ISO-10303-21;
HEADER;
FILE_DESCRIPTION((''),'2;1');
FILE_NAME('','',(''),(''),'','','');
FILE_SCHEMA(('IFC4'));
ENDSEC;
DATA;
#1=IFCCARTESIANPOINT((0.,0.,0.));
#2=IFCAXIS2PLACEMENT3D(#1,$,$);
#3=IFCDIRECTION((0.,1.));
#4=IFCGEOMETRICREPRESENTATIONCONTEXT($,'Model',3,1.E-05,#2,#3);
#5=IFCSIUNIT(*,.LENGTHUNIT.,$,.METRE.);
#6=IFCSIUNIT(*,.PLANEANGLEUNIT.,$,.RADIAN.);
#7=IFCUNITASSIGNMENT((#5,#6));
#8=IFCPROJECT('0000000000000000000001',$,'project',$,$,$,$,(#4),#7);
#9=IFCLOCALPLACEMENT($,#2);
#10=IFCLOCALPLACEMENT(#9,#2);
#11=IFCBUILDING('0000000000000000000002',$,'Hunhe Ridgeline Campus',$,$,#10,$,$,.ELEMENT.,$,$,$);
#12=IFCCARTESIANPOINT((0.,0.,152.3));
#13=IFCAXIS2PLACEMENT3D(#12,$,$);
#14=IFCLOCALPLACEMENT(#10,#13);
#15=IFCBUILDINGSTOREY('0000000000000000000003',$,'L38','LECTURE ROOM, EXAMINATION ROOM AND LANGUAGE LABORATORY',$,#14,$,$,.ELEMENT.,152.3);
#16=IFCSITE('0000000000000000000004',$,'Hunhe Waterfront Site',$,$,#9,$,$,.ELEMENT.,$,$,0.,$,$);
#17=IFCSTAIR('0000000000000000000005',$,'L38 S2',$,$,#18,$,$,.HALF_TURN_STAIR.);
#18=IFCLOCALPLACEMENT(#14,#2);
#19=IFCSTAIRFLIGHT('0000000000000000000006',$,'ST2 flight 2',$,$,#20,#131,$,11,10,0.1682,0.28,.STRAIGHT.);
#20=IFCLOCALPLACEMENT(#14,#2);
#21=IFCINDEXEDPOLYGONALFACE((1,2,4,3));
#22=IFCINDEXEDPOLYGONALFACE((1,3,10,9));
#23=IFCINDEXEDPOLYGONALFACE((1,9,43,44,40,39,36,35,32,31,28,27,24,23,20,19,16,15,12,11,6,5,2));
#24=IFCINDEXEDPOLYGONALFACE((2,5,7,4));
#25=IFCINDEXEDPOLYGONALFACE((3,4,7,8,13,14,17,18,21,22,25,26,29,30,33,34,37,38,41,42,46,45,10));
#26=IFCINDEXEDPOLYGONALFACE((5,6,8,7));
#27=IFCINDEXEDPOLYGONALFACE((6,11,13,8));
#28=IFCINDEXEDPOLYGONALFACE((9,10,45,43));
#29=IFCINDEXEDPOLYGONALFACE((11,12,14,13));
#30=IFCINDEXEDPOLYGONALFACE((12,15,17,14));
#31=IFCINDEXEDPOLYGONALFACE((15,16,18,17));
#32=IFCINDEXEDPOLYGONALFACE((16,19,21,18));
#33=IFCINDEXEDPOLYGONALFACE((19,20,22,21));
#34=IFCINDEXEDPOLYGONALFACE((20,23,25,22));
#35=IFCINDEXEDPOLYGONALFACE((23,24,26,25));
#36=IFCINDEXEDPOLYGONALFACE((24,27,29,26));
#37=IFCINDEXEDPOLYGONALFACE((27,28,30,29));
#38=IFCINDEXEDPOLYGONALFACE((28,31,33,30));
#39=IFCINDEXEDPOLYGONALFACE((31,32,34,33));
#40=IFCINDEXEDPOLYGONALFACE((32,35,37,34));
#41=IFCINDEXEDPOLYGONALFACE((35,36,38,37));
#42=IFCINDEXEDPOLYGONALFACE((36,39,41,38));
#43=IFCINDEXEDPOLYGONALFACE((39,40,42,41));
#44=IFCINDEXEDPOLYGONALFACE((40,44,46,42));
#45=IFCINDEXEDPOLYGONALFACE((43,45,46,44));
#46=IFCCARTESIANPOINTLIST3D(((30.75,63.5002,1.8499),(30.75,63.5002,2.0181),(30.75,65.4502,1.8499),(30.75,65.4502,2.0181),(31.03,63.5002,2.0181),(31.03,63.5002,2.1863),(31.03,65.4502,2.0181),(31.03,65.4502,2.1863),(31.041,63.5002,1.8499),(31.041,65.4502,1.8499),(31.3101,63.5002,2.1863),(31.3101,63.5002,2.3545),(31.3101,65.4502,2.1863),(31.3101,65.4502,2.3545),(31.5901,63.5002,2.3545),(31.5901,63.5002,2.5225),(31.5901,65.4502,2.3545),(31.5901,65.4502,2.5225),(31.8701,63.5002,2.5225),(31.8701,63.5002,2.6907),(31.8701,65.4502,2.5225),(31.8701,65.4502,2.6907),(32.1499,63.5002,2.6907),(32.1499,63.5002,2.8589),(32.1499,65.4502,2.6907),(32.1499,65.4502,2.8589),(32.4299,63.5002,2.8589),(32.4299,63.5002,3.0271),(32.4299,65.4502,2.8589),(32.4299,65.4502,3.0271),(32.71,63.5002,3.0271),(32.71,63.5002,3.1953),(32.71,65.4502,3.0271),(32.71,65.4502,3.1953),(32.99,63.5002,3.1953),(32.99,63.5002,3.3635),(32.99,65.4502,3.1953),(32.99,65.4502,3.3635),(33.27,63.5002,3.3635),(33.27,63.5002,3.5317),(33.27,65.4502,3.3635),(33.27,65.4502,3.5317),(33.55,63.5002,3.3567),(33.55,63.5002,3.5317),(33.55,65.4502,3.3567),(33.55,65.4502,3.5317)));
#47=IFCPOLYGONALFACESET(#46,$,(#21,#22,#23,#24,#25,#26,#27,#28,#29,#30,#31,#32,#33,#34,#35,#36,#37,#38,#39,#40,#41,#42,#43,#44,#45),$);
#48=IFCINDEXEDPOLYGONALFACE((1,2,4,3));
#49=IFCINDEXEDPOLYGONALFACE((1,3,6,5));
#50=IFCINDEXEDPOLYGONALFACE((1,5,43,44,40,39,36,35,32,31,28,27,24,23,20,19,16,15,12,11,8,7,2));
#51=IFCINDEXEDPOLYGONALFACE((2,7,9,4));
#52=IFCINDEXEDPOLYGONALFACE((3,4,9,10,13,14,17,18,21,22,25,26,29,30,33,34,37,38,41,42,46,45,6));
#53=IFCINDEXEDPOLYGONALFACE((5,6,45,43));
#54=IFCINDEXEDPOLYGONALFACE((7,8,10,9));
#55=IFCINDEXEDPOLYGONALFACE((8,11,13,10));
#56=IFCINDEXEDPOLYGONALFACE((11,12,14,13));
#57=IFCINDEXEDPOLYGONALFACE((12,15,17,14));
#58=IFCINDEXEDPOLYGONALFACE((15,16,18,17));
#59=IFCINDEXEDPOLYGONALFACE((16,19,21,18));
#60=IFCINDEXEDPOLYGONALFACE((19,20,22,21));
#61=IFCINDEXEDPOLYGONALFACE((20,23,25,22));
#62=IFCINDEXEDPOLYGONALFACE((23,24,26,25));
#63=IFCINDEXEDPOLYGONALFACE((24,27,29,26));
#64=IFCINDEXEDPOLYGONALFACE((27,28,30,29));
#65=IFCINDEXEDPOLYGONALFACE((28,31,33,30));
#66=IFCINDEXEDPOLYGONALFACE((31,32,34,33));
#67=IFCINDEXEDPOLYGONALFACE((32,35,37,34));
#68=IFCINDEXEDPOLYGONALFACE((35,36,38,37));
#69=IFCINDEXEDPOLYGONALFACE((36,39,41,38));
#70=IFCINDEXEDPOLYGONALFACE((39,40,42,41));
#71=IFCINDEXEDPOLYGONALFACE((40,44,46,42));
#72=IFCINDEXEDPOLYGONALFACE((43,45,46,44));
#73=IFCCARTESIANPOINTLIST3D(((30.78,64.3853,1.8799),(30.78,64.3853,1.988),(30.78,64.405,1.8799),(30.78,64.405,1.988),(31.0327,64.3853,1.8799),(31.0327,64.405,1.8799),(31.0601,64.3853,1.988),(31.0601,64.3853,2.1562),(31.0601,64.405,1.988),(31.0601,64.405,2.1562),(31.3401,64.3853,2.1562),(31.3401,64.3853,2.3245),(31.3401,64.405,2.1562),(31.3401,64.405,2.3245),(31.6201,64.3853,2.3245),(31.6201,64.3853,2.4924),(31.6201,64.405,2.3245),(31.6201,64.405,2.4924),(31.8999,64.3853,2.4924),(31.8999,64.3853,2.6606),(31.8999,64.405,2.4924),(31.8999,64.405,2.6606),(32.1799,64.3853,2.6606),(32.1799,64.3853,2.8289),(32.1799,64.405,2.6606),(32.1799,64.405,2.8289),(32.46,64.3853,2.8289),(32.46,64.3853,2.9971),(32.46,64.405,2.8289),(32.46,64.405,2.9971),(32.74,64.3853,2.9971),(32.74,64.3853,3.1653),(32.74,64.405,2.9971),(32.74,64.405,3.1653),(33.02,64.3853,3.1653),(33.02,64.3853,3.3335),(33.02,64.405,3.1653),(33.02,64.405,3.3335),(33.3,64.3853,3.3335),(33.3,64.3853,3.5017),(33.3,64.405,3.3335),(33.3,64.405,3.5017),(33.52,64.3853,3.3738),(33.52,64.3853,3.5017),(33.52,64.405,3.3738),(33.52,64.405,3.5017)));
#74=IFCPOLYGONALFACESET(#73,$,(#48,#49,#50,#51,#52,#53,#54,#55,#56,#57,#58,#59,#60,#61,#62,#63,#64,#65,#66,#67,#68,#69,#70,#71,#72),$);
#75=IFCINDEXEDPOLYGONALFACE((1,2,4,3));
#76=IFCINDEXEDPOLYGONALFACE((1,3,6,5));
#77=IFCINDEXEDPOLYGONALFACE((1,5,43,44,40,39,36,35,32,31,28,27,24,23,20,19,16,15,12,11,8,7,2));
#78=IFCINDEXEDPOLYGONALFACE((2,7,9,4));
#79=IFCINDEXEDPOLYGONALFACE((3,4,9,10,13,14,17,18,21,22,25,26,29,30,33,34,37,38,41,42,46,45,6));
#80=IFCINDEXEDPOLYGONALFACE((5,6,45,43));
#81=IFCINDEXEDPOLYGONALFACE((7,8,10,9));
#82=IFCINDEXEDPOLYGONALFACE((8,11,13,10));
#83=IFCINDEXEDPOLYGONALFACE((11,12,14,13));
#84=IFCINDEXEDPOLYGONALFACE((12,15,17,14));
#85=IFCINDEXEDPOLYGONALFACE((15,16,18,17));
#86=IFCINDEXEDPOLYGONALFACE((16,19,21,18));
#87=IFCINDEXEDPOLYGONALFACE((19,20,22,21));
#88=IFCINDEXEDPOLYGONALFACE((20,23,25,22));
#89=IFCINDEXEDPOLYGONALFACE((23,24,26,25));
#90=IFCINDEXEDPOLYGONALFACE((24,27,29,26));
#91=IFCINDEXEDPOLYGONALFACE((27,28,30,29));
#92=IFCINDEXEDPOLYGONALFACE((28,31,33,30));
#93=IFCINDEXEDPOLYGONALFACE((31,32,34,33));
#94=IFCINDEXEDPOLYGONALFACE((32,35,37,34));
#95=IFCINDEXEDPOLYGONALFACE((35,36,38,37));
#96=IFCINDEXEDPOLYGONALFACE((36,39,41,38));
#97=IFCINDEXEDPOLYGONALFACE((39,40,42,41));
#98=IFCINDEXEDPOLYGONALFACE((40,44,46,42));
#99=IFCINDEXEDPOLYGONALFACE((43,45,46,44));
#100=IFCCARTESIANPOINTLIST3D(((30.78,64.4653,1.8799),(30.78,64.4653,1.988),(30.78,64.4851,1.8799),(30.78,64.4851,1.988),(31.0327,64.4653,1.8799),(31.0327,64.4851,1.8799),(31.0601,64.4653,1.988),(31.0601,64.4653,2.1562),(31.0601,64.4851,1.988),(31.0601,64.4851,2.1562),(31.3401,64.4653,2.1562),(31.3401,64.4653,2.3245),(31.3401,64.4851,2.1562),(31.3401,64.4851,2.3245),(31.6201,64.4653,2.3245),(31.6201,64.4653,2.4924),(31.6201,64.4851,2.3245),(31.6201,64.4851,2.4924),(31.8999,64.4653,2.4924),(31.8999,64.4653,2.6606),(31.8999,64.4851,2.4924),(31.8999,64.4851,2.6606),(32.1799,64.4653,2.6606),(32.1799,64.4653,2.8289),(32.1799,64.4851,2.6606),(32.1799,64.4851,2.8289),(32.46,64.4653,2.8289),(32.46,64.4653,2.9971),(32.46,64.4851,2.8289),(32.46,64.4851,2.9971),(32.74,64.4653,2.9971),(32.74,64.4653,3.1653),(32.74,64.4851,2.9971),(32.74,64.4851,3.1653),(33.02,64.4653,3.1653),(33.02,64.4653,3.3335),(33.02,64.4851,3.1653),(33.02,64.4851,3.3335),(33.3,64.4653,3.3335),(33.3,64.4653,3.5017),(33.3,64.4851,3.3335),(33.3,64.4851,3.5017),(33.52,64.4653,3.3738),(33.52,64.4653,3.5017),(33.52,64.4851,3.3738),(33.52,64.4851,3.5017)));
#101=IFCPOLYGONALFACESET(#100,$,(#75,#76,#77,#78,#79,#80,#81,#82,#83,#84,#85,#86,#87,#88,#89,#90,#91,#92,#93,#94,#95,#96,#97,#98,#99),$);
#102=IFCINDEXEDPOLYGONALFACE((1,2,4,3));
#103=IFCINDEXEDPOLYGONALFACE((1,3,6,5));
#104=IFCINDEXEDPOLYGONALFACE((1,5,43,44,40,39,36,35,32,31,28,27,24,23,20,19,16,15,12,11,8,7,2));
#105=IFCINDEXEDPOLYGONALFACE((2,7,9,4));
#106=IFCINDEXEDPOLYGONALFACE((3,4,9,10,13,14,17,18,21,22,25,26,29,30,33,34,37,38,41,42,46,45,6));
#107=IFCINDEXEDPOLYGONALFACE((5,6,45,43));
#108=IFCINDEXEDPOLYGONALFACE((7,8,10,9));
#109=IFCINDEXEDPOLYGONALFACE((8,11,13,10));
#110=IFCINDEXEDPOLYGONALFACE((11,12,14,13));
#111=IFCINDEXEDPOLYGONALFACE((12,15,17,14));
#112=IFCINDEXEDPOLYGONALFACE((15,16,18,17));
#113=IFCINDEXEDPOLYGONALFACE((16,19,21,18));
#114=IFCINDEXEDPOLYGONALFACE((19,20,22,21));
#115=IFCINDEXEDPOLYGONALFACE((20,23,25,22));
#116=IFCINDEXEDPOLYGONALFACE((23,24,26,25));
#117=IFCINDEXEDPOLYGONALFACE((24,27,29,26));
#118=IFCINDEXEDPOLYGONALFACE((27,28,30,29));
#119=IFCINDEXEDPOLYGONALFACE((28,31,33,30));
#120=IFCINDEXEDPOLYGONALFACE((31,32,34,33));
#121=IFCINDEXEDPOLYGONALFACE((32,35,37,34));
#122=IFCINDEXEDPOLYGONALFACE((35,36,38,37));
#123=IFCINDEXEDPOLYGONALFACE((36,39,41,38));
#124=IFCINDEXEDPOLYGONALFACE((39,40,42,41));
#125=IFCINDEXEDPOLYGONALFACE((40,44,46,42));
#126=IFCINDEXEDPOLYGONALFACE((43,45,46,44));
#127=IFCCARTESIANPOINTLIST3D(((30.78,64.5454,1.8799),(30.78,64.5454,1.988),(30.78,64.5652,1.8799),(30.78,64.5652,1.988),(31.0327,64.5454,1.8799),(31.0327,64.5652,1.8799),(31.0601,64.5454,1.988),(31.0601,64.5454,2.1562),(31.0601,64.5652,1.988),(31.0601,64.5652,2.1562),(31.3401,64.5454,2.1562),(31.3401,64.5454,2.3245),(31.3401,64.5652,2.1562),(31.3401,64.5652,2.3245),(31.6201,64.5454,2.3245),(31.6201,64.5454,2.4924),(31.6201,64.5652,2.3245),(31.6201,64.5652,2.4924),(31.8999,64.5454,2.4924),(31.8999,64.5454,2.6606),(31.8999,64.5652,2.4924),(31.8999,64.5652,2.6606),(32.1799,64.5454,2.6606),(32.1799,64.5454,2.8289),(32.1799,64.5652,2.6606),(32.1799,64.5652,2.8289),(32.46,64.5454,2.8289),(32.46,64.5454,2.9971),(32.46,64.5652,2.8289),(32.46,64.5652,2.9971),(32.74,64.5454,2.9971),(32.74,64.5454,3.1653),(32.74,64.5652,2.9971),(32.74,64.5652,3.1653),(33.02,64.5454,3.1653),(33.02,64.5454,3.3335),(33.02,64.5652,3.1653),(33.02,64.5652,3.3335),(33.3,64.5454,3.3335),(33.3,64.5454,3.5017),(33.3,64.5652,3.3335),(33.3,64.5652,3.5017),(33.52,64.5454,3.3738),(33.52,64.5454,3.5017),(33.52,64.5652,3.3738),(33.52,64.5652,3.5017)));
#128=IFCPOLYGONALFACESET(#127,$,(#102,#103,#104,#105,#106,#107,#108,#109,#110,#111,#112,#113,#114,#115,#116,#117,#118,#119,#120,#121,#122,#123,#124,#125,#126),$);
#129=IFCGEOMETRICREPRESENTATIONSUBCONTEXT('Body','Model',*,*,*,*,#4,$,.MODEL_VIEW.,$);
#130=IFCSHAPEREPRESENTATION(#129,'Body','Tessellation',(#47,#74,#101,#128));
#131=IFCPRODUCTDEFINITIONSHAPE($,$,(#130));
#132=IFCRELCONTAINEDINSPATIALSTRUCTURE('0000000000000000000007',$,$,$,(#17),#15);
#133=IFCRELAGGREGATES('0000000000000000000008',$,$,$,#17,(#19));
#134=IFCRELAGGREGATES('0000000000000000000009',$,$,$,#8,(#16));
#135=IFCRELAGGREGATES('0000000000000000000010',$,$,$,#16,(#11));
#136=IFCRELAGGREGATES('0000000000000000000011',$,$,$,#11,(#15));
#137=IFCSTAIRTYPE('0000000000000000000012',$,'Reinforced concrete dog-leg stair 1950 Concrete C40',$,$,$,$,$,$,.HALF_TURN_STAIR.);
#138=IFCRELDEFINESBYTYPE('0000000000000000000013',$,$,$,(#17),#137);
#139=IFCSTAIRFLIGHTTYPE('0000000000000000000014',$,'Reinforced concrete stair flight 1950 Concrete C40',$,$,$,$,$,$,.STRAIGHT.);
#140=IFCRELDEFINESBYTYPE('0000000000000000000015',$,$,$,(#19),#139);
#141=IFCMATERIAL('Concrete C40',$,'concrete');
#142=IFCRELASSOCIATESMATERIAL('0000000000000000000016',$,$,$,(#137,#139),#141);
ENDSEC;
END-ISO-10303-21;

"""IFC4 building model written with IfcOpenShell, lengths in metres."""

from ifc_helpers import new_model, si_unit, direction, frame, origin, place, context, subcontext, project, spatial, polyline, outline, extrude, material, type_object, element, aggregate, save


model = new_model("IFC4")

# Units and contexts
model_context = context("Model", 3, precision=1e-05, world=origin(), true_north=direction((0.0, 1.0)))
body_context = subcontext(model_context, "Body", "Model", "MODEL_VIEW")
ifc_project = project(units=[si_unit("LENGTHUNIT", "METRE"), si_unit("PLANEANGLEUNIT", "RADIAN")], contexts=[model_context])

# Site, building, storey
site_placement = place(None, origin())
site = spatial("IfcSite", under=ifc_project, at=site_placement, Name="Hunhe Waterfront Site", CompositionType="ELEMENT", RefElevation=0.0)
building_placement = place(site_placement, origin())
building = spatial("IfcBuilding", under=site, at=building_placement, Name="Hunhe Ridgeline Campus", CompositionType="ELEMENT")
storey_placement = place(building_placement, frame((0.0, 0.0, 152.3)))
storey = spatial("IfcBuildingStorey", under=building, at=storey_placement, Name="L38", Description="LECTURE ROOM, EXAMINATION ROOM AND LANGUAGE LABORATORY", CompositionType="ELEMENT", Elevation=152.3)

# Stair, stair flight
ifc_material_1 = material(Name="Concrete C40", Category="concrete")
stair_type = type_object("IfcStairType", Name="Reinforced concrete dog-leg stair 1950 Concrete C40", PredefinedType="HALF_TURN_STAIR", material=ifc_material_1)
stair_placement = place(storey_placement, origin())
stair = element("IfcStair", 1, at=stair_placement, inside=storey, type_object=stair_type, Name="L38 S2", PredefinedType="HALF_TURN_STAIR")
stair_flight_type = type_object("IfcStairFlightType", Name="Reinforced concrete stair flight 1950 Concrete C40", PredefinedType="STRAIGHT", material=ifc_material_1)
stair_flight_1_placement = place(storey_placement, frame((30.75, 64.4751, 1.8499), z_axis=(0.0, 0.0, 1.0), x_axis=(1.0, 0.0, 0.0)))
stair_flight_1 = element("IfcStairFlight", 2, at=stair_flight_1_placement, type_object=stair_flight_type, Name="ST2 flight 2", NumberOfRisers=11, NumberOfTreads=10, PredefinedType="STRAIGHT", RiserHeight=0.1682, TreadLength=0.28, context=body_context, shape_type="SweptSolid", body=[
    extrude(outline(polyline([(0.0, 0.0), (0.0, 0.1682), (0.28, 0.1682), (0.28, 0.3364), (0.5601, 0.3364), (0.5601, 0.5046), (0.8401, 0.5046), (0.8401, 0.6726), (1.1201, 0.6726), (1.1201, 0.8408), (1.3999, 0.8408), (1.3999, 1.009), (1.6799, 1.009), (1.6799, 1.1772), (1.96, 1.1772), (1.96, 1.3455), (2.24, 1.3455), (2.24, 1.5137), (2.52, 1.5137), (2.52, 1.6819), (2.8, 1.6819), (2.8, 1.8501), (2.8, 1.5068), (0.291, 0.0), (0.0, 0.0)])), frame((0.0, 0.9751, 0.0), z_axis=(0.0, -1.0, 0.0), x_axis=(1.0, 0.0, 0.0)), (0.0, 0.0, 1.0), 1.95),
    extrude(outline(polyline([(0.03, 0.03), (0.03, 0.1382), (0.3101, 0.1382), (0.3101, 0.3064), (0.5901, 0.3064), (0.5901, 0.4746), (0.8701, 0.4746), (0.8701, 0.6426), (1.1499, 0.6426), (1.1499, 0.8108), (1.4299, 0.8108), (1.4299, 0.979), (1.71, 0.979), (1.71, 1.1472), (1.99, 1.1472), (1.99, 1.3154), (2.27, 1.3154), (2.27, 1.4836), (2.55, 1.4836), (2.55, 1.6519), (2.77, 1.6519), (2.77, 1.5239), (0.2827, 0.03), (0.03, 0.03)])), frame((0.0, -0.0701, 0.0), z_axis=(0.0, -1.0, 0.0), x_axis=(1.0, 0.0, 0.0)), (0.0, 0.0, 1.0), 0.0198),
    extrude(outline(polyline([(0.03, 0.03), (0.03, 0.1382), (0.3101, 0.1382), (0.3101, 0.3064), (0.5901, 0.3064), (0.5901, 0.4746), (0.8701, 0.4746), (0.8701, 0.6426), (1.1499, 0.6426), (1.1499, 0.8108), (1.4299, 0.8108), (1.4299, 0.979), (1.71, 0.979), (1.71, 1.1472), (1.99, 1.1472), (1.99, 1.3154), (2.27, 1.3154), (2.27, 1.4836), (2.55, 1.4836), (2.55, 1.6519), (2.77, 1.6519), (2.77, 1.5239), (0.2827, 0.03), (0.03, 0.03)])), frame((0.0, 0.01, 0.0), z_axis=(0.0, -1.0, 0.0), x_axis=(1.0, 0.0, 0.0)), (0.0, 0.0, 1.0), 0.0198),
    extrude(outline(polyline([(0.03, 0.03), (0.03, 0.1382), (0.3101, 0.1382), (0.3101, 0.3064), (0.5901, 0.3064), (0.5901, 0.4746), (0.8701, 0.4746), (0.8701, 0.6426), (1.1499, 0.6426), (1.1499, 0.8108), (1.4299, 0.8108), (1.4299, 0.979), (1.71, 0.979), (1.71, 1.1472), (1.99, 1.1472), (1.99, 1.3154), (2.27, 1.3154), (2.27, 1.4836), (2.55, 1.4836), (2.55, 1.6519), (2.77, 1.6519), (2.77, 1.5239), (0.2827, 0.03), (0.03, 0.03)])), frame((0.0, 0.0901, 0.0), z_axis=(0.0, -1.0, 0.0), x_axis=(1.0, 0.0, 0.0)), (0.0, 0.0, 1.0), 0.0198),
])
aggregate(stair, [stair_flight_1])

save(model, "model.ifc")
